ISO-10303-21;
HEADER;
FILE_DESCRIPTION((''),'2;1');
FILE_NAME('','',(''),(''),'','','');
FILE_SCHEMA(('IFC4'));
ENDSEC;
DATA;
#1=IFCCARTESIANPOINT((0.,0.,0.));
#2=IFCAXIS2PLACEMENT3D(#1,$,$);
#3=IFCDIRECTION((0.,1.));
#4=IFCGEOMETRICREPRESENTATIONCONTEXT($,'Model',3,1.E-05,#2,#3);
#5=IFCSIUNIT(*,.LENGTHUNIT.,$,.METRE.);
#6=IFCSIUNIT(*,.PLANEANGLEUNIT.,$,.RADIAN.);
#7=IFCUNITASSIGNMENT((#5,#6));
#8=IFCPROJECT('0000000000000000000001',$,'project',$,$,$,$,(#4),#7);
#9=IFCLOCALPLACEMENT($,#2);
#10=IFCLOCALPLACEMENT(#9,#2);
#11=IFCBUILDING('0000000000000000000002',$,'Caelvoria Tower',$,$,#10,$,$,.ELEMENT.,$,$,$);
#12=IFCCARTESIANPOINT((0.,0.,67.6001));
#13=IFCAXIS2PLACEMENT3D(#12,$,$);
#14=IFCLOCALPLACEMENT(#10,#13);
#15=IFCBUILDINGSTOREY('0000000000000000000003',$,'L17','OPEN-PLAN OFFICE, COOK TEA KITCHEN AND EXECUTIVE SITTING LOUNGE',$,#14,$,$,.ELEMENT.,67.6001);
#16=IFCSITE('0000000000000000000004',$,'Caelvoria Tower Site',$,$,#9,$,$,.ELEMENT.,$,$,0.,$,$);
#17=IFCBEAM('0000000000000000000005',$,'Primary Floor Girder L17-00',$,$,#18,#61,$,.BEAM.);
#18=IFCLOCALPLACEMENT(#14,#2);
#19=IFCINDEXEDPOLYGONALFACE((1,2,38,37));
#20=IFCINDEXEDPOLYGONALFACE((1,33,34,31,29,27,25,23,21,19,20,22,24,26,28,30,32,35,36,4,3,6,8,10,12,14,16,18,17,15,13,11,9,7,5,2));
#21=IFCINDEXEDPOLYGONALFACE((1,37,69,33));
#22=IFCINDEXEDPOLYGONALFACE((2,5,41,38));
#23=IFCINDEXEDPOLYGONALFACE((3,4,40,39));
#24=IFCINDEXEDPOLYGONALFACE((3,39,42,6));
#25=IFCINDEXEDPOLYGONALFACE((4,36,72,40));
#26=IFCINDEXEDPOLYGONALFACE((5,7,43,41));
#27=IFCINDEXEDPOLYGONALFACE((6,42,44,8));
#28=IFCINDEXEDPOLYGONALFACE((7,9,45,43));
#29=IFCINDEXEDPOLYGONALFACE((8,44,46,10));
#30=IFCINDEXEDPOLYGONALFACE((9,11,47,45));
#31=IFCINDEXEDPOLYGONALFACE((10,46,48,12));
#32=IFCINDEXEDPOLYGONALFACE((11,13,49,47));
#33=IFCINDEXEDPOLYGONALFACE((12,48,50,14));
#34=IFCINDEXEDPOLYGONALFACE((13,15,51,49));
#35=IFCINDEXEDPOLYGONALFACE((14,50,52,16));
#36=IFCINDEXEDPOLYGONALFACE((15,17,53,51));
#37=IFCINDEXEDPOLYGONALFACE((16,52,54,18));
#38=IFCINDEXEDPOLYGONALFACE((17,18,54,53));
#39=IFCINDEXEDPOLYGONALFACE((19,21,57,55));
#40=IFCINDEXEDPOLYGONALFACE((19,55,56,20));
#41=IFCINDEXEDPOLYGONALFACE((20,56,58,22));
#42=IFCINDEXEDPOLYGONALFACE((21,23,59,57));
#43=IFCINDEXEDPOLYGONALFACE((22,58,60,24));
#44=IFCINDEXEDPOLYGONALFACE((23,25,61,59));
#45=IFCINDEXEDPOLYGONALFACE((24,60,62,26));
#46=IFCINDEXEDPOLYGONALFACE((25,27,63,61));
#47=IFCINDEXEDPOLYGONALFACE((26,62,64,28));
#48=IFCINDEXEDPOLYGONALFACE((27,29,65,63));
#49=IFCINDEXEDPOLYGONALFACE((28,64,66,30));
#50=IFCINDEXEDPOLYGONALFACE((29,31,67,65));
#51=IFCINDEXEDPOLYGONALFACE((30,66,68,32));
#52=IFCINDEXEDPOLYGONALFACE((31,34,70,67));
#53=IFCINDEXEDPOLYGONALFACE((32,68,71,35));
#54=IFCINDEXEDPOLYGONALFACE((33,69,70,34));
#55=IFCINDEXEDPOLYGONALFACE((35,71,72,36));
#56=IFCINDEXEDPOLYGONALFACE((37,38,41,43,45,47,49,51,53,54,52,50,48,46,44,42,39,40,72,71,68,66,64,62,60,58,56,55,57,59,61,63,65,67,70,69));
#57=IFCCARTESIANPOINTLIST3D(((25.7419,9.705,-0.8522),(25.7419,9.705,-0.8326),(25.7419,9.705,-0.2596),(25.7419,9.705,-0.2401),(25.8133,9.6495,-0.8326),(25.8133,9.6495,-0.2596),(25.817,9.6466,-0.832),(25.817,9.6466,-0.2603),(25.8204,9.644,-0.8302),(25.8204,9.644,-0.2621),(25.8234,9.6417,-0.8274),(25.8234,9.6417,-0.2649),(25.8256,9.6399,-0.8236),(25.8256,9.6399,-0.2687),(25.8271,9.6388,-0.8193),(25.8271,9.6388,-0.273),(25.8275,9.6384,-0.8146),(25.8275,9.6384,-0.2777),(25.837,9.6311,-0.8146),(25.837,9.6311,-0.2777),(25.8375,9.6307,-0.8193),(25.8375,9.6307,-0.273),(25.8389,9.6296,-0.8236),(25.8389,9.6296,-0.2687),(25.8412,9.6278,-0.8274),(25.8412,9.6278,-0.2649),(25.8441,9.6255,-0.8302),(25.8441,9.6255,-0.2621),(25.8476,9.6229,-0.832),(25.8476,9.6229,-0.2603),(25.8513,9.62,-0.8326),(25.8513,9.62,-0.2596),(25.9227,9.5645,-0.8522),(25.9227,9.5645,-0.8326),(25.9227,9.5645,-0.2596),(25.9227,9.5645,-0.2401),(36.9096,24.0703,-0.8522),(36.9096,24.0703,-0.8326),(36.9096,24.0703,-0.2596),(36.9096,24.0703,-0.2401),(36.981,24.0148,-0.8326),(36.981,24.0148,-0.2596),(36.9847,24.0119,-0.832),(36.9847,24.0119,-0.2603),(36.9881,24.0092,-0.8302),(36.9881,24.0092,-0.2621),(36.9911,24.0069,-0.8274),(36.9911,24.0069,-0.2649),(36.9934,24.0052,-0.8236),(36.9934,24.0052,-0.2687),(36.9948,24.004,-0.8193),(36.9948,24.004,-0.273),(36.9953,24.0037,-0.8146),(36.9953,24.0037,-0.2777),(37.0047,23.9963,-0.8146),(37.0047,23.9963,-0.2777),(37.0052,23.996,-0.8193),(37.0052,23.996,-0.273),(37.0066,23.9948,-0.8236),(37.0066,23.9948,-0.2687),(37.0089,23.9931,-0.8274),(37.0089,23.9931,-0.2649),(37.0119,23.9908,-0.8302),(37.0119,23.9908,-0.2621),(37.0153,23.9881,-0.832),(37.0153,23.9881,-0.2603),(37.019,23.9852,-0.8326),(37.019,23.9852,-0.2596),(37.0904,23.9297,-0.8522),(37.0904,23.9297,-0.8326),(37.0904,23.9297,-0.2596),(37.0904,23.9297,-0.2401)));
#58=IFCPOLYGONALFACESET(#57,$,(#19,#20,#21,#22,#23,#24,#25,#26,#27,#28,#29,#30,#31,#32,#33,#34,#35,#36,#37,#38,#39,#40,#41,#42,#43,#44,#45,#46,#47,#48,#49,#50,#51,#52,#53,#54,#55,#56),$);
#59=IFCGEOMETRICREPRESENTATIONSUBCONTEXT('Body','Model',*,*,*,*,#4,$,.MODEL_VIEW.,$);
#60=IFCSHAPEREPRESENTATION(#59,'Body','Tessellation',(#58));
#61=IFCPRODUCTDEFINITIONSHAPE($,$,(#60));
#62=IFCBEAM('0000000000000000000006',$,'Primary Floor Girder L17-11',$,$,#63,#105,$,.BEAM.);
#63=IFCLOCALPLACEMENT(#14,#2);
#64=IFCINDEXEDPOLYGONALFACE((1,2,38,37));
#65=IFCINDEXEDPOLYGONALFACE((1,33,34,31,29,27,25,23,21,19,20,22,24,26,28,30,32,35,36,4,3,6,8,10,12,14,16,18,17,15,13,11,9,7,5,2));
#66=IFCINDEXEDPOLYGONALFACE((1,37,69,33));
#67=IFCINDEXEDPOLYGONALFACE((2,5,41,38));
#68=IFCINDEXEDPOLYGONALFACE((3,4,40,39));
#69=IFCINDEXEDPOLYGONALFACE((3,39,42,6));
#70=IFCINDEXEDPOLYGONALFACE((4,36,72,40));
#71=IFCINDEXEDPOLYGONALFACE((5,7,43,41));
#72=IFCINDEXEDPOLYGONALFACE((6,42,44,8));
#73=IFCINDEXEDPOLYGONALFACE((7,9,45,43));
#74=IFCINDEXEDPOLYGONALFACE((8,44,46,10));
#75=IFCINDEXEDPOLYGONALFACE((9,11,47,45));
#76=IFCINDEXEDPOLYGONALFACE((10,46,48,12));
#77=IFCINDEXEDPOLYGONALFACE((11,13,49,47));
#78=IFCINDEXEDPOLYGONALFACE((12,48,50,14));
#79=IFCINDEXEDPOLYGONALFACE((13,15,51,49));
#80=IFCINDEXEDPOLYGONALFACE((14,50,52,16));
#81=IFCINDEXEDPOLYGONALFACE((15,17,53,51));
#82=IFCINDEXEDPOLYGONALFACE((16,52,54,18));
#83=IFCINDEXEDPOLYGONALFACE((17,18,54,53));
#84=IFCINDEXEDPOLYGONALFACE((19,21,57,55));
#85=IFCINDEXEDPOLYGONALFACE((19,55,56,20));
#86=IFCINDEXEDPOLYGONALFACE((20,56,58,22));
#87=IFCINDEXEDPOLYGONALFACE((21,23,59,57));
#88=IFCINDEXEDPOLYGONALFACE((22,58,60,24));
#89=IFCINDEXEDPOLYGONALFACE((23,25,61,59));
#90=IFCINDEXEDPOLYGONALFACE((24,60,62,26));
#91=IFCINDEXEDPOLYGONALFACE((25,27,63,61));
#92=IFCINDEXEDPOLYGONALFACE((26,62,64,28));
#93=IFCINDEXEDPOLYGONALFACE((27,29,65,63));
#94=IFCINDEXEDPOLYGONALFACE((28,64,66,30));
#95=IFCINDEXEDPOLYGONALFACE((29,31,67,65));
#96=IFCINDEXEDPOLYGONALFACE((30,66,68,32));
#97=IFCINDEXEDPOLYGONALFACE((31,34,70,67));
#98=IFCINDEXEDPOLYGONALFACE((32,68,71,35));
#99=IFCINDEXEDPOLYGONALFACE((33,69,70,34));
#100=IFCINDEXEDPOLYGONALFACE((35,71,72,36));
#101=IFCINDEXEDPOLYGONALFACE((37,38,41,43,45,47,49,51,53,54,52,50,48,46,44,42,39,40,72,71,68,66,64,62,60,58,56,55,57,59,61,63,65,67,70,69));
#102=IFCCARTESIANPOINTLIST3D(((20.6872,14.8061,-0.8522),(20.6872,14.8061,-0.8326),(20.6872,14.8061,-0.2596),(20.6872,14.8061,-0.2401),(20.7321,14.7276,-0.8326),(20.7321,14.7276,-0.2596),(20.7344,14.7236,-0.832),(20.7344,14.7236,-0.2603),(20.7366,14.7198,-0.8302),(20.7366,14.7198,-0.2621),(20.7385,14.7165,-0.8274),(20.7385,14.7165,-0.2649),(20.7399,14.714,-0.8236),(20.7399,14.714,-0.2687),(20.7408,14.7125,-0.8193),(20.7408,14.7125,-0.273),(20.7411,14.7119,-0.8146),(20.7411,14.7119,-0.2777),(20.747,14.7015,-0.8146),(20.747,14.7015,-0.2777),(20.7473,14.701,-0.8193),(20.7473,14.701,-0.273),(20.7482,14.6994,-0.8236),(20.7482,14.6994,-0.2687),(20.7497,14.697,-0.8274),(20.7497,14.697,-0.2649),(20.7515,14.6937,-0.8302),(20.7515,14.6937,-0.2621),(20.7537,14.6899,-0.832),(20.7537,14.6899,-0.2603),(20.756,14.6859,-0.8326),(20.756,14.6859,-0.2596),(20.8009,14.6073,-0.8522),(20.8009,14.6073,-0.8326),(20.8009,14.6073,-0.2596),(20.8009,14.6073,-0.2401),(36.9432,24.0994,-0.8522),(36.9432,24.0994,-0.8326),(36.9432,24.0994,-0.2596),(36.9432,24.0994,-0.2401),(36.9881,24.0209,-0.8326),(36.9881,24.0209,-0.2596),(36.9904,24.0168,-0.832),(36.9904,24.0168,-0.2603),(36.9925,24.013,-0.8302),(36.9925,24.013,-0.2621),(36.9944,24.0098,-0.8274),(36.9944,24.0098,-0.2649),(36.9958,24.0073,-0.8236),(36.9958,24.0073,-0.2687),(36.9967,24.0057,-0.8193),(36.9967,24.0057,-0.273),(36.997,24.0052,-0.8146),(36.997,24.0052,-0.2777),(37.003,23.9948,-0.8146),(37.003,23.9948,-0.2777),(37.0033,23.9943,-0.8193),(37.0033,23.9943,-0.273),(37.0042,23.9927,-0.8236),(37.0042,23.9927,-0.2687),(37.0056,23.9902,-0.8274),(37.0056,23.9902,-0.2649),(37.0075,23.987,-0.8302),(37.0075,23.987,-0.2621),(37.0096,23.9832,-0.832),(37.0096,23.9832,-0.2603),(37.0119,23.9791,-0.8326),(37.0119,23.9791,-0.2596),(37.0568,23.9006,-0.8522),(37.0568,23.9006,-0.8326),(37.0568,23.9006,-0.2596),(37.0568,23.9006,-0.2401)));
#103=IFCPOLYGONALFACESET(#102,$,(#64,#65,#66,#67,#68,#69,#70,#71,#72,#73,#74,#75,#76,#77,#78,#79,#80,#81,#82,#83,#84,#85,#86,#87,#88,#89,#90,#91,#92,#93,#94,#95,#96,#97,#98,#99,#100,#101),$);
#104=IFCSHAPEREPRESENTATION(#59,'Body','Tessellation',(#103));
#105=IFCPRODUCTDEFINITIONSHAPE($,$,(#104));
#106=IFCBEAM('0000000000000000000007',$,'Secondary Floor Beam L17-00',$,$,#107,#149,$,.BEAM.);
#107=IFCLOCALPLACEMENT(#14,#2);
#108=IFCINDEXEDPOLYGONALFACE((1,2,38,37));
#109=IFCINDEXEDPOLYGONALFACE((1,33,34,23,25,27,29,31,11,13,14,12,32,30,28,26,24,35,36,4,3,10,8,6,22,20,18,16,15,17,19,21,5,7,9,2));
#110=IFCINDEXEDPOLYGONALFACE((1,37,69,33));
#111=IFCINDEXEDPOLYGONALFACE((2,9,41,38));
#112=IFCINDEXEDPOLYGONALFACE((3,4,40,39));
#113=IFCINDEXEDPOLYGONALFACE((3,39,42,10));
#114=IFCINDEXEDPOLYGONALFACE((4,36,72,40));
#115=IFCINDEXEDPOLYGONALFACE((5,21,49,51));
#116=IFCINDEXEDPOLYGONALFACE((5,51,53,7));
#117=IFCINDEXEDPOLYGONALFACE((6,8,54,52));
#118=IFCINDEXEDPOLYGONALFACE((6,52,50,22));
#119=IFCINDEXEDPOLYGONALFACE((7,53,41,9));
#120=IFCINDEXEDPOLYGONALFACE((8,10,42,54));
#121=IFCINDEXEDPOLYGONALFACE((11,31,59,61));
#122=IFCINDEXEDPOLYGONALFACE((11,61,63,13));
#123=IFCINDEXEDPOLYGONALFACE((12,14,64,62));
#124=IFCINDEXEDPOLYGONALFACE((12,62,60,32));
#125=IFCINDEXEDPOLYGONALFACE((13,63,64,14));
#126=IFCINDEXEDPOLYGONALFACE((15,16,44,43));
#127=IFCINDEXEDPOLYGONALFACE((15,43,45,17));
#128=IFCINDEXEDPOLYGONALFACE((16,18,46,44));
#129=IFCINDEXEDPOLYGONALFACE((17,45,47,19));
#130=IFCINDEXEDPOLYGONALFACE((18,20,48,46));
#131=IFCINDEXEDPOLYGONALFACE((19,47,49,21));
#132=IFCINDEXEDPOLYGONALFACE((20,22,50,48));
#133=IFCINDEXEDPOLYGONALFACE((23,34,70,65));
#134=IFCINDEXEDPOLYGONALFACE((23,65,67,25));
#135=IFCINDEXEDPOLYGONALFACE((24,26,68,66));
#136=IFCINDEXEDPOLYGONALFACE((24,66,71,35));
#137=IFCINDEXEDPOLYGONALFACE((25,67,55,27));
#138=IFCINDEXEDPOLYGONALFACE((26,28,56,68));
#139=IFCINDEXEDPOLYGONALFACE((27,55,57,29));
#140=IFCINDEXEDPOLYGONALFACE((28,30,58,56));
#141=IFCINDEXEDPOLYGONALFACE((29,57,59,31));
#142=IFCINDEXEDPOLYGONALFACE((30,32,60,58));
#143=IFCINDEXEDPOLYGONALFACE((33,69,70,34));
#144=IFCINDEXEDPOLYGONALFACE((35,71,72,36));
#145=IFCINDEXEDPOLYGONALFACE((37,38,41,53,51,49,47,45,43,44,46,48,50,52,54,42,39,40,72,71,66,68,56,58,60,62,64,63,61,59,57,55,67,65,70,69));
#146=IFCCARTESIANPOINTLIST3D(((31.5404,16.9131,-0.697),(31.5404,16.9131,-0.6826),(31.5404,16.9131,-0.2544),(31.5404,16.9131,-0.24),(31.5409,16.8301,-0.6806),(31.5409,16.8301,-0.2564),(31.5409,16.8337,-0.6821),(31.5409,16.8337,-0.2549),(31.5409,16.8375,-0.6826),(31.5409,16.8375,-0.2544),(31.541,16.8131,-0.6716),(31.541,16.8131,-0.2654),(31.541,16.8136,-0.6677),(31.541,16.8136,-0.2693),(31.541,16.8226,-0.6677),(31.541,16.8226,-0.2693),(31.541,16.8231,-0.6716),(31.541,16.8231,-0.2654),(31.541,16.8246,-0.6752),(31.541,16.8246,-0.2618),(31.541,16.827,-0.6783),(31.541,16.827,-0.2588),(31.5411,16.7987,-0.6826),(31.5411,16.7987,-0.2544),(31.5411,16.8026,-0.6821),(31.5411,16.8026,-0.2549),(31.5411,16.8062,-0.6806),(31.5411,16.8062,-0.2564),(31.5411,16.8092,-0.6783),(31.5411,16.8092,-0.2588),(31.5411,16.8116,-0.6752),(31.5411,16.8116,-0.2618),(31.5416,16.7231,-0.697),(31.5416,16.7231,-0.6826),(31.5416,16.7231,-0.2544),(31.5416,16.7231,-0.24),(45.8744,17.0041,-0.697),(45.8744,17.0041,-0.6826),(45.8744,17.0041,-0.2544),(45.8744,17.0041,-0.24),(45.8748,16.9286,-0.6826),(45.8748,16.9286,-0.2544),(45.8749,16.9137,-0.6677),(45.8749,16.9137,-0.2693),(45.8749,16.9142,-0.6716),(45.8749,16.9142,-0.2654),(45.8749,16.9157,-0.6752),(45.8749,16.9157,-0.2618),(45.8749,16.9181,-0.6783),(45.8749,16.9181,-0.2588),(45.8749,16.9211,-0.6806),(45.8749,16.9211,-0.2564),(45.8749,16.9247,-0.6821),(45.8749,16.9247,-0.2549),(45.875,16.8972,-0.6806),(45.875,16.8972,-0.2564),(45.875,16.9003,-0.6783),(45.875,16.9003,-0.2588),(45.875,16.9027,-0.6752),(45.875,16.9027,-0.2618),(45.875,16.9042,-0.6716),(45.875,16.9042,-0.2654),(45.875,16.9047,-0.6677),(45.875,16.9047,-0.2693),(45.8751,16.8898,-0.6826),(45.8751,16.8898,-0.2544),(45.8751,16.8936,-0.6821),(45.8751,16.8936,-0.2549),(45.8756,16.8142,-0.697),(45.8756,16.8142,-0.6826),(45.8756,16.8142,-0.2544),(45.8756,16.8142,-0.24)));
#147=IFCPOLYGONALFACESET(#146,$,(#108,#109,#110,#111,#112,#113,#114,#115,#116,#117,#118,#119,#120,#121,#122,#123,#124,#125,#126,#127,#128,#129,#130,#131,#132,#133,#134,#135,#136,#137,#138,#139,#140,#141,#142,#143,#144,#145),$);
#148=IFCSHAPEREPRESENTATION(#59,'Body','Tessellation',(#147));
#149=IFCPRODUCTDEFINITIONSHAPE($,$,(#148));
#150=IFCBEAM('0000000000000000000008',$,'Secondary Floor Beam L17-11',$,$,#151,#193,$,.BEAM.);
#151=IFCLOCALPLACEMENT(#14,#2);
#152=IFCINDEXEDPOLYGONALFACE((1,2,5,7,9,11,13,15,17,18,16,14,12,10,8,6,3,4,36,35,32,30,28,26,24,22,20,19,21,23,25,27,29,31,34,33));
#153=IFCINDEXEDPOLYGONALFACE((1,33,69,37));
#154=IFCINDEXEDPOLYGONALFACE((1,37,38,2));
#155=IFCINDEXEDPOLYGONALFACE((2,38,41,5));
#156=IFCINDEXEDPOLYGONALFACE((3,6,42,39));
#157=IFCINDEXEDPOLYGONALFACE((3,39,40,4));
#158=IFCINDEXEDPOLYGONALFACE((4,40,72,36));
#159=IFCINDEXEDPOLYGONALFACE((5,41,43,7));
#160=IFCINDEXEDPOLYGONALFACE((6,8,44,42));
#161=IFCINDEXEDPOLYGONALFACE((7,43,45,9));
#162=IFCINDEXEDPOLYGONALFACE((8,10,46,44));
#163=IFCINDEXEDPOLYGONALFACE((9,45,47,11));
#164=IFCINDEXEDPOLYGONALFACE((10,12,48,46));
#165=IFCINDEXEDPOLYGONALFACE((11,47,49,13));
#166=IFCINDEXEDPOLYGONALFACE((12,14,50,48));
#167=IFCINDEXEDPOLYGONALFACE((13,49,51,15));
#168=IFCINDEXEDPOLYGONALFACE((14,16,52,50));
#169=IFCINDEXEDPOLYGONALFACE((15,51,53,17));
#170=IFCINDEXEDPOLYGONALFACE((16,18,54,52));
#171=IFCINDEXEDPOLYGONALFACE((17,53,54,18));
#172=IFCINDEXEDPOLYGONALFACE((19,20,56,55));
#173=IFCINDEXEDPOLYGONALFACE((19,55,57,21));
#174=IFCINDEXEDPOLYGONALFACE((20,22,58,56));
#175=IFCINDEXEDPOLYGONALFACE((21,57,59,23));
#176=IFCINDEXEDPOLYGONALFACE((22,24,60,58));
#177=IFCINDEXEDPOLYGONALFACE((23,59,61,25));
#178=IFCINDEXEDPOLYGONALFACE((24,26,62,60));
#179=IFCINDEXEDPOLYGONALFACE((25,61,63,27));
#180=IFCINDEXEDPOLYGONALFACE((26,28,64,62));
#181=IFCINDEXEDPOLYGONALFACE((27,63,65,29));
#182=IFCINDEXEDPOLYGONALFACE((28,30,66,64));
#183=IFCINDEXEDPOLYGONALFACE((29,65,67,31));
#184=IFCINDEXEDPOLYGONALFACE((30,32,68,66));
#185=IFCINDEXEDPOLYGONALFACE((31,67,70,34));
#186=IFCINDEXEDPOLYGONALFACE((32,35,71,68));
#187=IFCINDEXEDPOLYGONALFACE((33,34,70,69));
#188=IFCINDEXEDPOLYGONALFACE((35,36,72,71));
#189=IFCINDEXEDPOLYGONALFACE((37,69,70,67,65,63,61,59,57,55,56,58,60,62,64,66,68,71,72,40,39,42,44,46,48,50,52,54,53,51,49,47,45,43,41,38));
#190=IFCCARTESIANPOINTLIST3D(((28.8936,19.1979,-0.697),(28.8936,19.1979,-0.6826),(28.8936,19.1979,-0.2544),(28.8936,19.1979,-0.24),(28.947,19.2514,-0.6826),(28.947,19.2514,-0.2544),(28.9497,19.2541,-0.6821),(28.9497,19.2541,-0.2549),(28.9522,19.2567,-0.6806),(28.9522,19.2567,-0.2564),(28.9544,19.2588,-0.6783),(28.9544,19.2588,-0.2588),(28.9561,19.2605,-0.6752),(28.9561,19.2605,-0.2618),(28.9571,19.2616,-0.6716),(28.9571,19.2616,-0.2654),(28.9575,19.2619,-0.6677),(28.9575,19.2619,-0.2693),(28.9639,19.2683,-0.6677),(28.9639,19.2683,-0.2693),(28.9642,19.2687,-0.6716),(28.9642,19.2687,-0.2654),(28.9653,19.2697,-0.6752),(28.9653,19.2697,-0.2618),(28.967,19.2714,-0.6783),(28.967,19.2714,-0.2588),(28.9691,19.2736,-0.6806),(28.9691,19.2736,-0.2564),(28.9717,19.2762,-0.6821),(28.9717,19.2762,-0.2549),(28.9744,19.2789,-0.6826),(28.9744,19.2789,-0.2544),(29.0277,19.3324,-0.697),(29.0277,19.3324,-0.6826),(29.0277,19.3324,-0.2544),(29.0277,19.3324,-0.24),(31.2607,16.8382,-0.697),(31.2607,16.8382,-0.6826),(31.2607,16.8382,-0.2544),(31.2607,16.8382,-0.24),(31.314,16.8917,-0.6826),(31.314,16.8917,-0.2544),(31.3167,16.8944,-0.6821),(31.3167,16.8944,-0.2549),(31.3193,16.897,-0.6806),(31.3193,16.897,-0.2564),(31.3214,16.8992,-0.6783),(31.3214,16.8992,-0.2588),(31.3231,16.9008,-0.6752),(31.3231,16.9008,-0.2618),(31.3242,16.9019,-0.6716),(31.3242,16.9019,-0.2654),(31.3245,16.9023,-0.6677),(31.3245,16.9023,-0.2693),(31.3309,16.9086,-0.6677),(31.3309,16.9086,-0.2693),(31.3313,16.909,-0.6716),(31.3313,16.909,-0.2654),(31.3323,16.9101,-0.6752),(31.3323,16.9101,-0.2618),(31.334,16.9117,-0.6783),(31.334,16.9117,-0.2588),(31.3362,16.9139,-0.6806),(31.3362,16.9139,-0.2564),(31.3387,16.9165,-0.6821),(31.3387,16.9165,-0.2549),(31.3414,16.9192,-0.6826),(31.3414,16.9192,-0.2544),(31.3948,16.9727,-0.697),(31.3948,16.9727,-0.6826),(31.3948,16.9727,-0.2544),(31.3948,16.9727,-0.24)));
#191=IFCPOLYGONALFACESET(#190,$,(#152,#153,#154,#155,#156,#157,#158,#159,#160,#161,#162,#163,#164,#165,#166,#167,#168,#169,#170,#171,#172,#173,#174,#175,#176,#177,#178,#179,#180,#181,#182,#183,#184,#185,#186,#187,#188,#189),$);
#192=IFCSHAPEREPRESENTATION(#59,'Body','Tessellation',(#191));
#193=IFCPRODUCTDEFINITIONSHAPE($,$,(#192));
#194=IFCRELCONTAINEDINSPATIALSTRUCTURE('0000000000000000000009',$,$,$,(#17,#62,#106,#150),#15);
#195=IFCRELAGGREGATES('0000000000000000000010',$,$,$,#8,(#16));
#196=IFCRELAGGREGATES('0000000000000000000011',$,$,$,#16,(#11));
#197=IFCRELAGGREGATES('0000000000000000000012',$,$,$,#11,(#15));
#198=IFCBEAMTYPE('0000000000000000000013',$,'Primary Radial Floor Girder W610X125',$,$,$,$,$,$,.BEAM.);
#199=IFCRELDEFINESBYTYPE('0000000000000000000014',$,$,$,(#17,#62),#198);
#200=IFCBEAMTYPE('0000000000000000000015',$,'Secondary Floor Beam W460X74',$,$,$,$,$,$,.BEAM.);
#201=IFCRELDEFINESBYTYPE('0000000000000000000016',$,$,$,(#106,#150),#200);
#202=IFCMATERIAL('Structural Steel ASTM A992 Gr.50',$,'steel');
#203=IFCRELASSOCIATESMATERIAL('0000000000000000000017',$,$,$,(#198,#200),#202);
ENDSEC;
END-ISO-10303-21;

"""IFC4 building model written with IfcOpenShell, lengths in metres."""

from ifc_helpers import new_model, si_unit, direction, frame, origin, origin_2d, place, context, subcontext, project, spatial, i_section, extrude, material, material_profile, profile_set, type_object, element, save


model = new_model("IFC4")

# Units and contexts
model_context = context("Model", 3, precision=1e-05, world=origin(), true_north=direction((0.0, 1.0)))
body_context = subcontext(model_context, "Body", "Model", "MODEL_VIEW")
ifc_project = project(units=[si_unit("LENGTHUNIT", "METRE"), si_unit("PLANEANGLEUNIT", "RADIAN")], contexts=[model_context])

# Site, building, storey
site_placement = place(None, origin())
site = spatial("IfcSite", under=ifc_project, at=site_placement, Name="Caelvoria Tower Site", CompositionType="ELEMENT", RefElevation=0.0)
building_placement = place(site_placement, origin())
building = spatial("IfcBuilding", under=site, at=building_placement, Name="Caelvoria Tower", CompositionType="ELEMENT")
storey_placement = place(building_placement, frame((0.0, 0.0, 67.6001)))
storey = spatial("IfcBuildingStorey", under=building, at=storey_placement, Name="L17", Description="OPEN-PLAN OFFICE, COOK TEA KITCHEN AND EXECUTIVE SITTING LOUNGE", CompositionType="ELEMENT", Elevation=67.6001)

# Beams
ifc_material_1 = material(Name="Structural Steel ASTM A992 Gr.50", Category="steel")
ifc_material_profile_1 = material_profile(ifc_material_1, i_section(OverallWidth=0.229, OverallDepth=0.6121, WebThickness=0.012, FlangeThickness=0.0195, FilletRadius=0.0181, at=origin_2d()), Name="Structural Steel ASTM A992 Gr.50")
ifc_profile_set_1 = profile_set([ifc_material_profile_1], Name="W610X125 - Structural Steel ASTM A992 Gr.50")
beam_type_1 = type_object("IfcBeamType", Name="Primary Radial Floor Girder W610X125", PredefinedType="BEAM", material=ifc_profile_set_1)
beam_1_placement = place(storey_placement, frame((37.0, 24.0, -0.5461), z_axis=(-0.613761, -0.789492, 0.0), x_axis=(0.789492, -0.613761, 0.0)))
element("IfcBeam", 1, at=beam_1_placement, inside=storey, type_object=beam_type_1, Name="Primary Floor Girder L17-00", PredefinedType="BEAM", context=body_context, shape_type="SweptSolid", body=[
    extrude(i_section(OverallWidth=0.229, OverallDepth=0.6121, WebThickness=0.012, FlangeThickness=0.0195, FilletRadius=0.0181, at=origin_2d()), origin(), (0.0, 0.0, 1.0), 18.1956),
])
beam_2_placement = place(storey_placement, frame((37.0, 24.0, -0.5461), z_axis=(-0.868148, -0.496306, 0.0), x_axis=(0.496306, -0.868148, 0.0)))
element("IfcBeam", 2, at=beam_2_placement, inside=storey, type_object=beam_type_1, Name="Primary Floor Girder L17-11", PredefinedType="BEAM", context=body_context, shape_type="SweptSolid", body=[
    extrude(i_section(OverallWidth=0.229, OverallDepth=0.6121, WebThickness=0.012, FlangeThickness=0.0195, FilletRadius=0.0181, at=origin_2d()), origin(), (0.0, 0.0, 1.0), 18.7249),
])
ifc_material_profile_2 = material_profile(ifc_material_1, i_section(OverallWidth=0.1899, OverallDepth=0.457, WebThickness=0.009, FlangeThickness=0.0144, FilletRadius=0.0149, at=origin_2d()), Name="Structural Steel ASTM A992 Gr.50")
ifc_profile_set_2 = profile_set([ifc_material_profile_2], Name="W460X74 - Structural Steel ASTM A992 Gr.50")
beam_type_2 = type_object("IfcBeamType", Name="Secondary Floor Beam W460X74", PredefinedType="BEAM", material=ifc_profile_set_2)
beam_3_placement = place(storey_placement, frame((31.541, 16.8181, -0.4685), z_axis=(0.99998, 0.006353, 0.0), x_axis=(-0.006353, 0.99998, 0.0)))
element("IfcBeam", 3, at=beam_3_placement, inside=storey, type_object=beam_type_2, Name="Secondary Floor Beam L17-00", PredefinedType="BEAM", context=body_context, shape_type="SweptSolid", body=[
    extrude(i_section(OverallWidth=0.1899, OverallDepth=0.457, WebThickness=0.009, FlangeThickness=0.0144, FilletRadius=0.0149, at=origin_2d()), origin(), (0.0, 0.0, 1.0), 14.3342),
])
beam_4_placement = place(storey_placement, frame((28.9607, 19.2651, -0.4685), z_axis=(0.708202, -0.70601, 0.0), x_axis=(0.70601, 0.708202, 0.0)))
element("IfcBeam", 4, at=beam_4_placement, inside=storey, type_object=beam_type_2, Name="Secondary Floor Beam L17-11", PredefinedType="BEAM", context=body_context, shape_type="SweptSolid", body=[
    extrude(i_section(OverallWidth=0.1899, OverallDepth=0.457, WebThickness=0.009, FlangeThickness=0.0144, FilletRadius=0.0149, at=origin_2d()), origin(), (0.0, 0.0, 1.0), 3.3423),
])

save(model, "model.ifc")
